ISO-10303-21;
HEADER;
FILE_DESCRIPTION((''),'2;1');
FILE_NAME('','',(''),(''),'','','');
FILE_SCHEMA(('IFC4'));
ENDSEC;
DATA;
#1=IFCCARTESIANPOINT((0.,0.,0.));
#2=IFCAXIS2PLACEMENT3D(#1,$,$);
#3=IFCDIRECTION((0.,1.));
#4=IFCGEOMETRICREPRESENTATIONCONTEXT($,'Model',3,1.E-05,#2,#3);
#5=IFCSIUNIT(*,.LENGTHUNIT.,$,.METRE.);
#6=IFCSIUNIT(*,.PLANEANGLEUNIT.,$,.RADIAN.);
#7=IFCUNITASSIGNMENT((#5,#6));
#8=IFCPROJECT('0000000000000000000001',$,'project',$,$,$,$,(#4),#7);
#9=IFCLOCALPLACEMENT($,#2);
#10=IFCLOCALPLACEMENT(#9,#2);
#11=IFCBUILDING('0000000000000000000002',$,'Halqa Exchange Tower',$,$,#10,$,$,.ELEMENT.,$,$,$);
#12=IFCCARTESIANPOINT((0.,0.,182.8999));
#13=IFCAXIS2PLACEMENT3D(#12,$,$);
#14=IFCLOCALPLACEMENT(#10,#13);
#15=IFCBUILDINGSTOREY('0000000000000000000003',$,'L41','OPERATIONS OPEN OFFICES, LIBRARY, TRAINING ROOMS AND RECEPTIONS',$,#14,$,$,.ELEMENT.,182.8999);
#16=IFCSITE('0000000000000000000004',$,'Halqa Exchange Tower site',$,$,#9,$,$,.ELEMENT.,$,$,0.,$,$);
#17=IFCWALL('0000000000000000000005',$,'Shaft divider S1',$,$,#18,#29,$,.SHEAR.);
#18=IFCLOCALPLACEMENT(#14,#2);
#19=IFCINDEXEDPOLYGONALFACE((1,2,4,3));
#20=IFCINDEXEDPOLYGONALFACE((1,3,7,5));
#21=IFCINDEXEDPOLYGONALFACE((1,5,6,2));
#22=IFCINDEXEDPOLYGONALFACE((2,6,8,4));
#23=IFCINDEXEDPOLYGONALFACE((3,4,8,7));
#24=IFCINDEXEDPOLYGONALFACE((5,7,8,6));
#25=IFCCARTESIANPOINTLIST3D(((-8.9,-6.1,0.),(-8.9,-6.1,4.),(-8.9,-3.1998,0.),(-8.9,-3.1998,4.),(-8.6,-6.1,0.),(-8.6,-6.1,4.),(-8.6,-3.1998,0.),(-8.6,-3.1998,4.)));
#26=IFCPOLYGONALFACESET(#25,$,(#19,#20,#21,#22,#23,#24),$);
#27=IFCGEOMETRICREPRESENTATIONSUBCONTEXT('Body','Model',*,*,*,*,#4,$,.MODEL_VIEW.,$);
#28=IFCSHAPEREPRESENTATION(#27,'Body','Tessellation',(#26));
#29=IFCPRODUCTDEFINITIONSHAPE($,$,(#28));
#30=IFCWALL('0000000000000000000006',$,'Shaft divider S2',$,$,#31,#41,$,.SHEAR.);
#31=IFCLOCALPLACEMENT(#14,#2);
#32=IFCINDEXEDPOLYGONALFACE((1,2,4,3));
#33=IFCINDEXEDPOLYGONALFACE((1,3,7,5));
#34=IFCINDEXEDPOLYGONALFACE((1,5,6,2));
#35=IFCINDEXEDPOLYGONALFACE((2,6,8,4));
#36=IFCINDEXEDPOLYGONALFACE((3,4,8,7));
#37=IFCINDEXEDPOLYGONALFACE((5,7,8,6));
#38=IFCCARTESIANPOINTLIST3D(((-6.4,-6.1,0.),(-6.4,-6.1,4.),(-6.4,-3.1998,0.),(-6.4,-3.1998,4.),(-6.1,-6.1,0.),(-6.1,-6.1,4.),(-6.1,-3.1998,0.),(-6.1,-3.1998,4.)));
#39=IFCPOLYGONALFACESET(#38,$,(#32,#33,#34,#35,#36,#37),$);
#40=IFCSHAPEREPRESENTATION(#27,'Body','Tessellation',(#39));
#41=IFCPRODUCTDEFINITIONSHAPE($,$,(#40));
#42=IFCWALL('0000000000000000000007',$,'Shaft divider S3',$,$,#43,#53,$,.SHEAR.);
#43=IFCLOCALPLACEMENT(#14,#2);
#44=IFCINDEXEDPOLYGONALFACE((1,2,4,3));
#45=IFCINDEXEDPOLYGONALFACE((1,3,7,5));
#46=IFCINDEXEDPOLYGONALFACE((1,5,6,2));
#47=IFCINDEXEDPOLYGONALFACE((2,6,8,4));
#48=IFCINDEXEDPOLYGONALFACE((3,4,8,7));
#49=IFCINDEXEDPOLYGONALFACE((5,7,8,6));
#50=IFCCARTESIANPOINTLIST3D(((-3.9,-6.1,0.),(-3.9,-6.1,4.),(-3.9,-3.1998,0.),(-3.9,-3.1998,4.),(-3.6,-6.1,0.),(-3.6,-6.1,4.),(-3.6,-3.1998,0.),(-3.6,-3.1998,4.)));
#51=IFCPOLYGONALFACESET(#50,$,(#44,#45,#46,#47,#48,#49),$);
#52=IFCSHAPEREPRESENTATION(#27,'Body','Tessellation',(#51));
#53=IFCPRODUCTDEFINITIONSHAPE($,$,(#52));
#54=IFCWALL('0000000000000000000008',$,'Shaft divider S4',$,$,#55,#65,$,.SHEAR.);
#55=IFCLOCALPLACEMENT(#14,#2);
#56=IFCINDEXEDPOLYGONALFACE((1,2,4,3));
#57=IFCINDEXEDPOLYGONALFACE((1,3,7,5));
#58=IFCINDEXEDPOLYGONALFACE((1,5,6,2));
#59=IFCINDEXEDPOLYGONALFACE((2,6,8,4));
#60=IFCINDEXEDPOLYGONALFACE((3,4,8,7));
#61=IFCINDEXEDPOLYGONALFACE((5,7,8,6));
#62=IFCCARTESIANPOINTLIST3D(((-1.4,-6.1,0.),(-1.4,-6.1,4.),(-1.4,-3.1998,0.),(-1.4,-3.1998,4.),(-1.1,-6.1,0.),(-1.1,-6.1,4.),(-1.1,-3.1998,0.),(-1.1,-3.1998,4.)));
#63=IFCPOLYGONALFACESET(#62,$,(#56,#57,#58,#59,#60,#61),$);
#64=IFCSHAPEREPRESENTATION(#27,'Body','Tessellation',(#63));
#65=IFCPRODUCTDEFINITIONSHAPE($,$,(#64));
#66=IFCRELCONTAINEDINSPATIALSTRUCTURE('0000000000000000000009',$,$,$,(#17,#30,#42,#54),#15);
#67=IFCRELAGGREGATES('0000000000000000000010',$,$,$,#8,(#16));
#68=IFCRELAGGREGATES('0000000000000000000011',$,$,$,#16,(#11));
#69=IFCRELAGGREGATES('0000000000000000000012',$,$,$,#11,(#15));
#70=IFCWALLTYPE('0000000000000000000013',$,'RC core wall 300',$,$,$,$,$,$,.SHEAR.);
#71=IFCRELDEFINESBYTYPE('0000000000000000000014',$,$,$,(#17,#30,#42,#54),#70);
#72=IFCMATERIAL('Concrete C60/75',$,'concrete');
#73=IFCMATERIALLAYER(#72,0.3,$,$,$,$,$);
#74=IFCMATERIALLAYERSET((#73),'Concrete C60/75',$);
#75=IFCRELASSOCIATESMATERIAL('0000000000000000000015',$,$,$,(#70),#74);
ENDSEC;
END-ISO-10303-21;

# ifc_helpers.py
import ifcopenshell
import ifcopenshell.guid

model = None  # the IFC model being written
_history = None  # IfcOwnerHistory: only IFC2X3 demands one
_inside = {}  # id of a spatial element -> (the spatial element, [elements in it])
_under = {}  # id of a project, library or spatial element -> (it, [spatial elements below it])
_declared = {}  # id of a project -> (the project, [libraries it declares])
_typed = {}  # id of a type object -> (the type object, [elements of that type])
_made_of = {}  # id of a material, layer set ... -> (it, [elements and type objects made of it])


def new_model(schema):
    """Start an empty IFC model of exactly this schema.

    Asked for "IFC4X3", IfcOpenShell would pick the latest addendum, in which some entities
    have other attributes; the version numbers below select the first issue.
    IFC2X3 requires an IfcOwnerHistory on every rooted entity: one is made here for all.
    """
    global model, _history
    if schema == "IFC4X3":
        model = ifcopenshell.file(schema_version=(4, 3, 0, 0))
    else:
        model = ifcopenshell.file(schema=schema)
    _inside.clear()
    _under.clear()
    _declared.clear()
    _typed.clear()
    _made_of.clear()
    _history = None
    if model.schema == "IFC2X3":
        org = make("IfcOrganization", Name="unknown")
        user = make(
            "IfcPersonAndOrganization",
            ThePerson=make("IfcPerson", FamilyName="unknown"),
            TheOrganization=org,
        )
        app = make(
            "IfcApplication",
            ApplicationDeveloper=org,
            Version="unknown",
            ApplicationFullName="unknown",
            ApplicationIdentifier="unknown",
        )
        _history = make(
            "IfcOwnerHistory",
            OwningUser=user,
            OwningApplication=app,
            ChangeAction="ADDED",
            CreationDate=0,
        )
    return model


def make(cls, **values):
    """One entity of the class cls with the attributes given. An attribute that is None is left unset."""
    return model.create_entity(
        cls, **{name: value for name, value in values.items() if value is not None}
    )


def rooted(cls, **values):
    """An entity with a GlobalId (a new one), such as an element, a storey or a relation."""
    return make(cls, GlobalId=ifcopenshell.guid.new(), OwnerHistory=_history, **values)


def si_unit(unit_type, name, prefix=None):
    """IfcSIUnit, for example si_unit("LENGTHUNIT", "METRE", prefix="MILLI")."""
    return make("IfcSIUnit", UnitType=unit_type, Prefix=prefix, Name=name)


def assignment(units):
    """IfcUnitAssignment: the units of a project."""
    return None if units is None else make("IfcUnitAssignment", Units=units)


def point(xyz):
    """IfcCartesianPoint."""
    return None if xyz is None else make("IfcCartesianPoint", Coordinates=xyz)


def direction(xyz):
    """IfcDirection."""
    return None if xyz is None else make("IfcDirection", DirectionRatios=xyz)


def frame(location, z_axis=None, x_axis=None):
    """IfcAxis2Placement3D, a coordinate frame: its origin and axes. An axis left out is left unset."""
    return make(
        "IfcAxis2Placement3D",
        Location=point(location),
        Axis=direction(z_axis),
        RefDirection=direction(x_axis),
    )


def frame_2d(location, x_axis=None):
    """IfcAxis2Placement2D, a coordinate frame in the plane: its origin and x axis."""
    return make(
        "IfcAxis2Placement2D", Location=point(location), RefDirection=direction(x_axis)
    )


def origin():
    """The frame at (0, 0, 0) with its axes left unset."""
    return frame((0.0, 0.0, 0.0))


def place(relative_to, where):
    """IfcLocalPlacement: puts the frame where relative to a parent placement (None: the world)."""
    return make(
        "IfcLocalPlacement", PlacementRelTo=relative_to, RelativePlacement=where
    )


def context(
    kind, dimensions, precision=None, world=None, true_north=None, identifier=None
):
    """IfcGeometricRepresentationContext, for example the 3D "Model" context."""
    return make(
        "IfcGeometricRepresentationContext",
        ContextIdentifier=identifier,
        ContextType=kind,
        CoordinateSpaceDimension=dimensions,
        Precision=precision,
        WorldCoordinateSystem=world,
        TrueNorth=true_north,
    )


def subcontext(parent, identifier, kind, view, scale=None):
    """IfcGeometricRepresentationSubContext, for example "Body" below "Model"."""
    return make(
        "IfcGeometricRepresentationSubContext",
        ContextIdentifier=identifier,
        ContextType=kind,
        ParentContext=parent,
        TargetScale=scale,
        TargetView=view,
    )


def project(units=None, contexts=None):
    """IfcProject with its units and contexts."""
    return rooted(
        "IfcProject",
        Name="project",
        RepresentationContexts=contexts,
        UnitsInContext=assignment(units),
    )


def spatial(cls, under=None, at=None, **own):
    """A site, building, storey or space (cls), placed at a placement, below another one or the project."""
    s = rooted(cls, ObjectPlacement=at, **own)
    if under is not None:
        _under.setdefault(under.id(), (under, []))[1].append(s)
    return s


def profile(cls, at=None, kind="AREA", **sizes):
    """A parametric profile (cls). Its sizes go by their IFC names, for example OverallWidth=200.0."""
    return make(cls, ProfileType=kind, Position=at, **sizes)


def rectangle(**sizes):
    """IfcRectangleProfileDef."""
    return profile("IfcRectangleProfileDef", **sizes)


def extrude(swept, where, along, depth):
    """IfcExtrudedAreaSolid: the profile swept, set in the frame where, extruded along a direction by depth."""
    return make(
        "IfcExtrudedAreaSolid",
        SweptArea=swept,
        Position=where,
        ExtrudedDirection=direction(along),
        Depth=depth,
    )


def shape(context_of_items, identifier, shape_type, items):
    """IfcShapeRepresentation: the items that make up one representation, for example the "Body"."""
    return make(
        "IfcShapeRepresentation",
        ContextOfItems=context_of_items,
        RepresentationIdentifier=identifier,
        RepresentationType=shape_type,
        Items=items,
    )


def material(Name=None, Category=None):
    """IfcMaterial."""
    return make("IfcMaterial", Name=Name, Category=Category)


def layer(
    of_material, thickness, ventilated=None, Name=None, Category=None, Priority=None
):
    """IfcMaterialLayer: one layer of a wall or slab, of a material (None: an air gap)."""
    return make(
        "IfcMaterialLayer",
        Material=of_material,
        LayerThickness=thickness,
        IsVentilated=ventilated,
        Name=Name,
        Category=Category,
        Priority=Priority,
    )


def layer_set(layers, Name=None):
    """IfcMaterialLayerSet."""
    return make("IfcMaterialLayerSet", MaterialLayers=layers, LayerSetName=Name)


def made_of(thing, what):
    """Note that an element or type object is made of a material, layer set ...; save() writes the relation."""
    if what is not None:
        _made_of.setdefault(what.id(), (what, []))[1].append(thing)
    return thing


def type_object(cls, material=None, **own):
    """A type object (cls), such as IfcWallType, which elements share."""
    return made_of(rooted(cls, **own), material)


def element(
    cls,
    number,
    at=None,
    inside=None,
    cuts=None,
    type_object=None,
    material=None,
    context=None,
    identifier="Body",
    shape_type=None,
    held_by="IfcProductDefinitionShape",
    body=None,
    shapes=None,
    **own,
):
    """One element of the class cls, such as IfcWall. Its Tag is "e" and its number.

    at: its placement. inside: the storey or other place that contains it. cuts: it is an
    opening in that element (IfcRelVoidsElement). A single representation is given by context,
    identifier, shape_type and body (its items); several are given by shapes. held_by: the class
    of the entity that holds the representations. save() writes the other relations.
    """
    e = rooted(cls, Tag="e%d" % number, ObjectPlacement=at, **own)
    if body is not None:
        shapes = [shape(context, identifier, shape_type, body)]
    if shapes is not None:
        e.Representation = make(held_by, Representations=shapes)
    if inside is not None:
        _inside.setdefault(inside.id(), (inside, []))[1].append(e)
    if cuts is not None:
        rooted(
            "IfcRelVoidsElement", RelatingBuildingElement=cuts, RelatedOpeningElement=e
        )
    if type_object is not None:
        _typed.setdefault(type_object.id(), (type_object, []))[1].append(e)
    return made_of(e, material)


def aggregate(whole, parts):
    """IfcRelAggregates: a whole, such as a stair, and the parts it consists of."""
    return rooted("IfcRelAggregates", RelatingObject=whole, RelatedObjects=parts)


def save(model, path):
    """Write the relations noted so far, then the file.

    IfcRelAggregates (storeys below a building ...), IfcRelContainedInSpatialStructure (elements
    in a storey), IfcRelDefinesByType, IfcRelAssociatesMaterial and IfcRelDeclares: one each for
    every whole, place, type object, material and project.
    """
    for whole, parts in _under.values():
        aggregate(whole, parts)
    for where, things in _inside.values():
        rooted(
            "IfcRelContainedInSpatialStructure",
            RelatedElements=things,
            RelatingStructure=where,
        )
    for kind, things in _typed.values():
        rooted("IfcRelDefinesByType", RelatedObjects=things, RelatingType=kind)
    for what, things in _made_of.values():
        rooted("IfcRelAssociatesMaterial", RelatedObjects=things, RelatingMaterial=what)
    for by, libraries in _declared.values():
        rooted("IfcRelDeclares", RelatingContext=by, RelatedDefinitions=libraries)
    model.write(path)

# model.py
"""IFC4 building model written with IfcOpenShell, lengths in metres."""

from ifc_helpers import new_model, si_unit, direction, frame, frame_2d, origin, place, context, subcontext, project, spatial, rectangle, extrude, material, layer, layer_set, type_object, element, save


model = new_model("IFC4")

# Units and contexts
model_context = context("Model", 3, precision=1e-05, world=origin(), true_north=direction((0.0, 1.0)))
body_context = subcontext(model_context, "Body", "Model", "MODEL_VIEW")
ifc_project = project(units=[si_unit("LENGTHUNIT", "METRE"), si_unit("PLANEANGLEUNIT", "RADIAN")], contexts=[model_context])

# Site, building, storey
site_placement = place(None, origin())
site = spatial("IfcSite", under=ifc_project, at=site_placement, Name="Halqa Exchange Tower site", CompositionType="ELEMENT", RefElevation=0.0)
building_placement = place(site_placement, origin())
building = spatial("IfcBuilding", under=site, at=building_placement, Name="Halqa Exchange Tower", CompositionType="ELEMENT")
storey_placement = place(building_placement, frame((0.0, 0.0, 182.8999)))
storey = spatial("IfcBuildingStorey", under=building, at=storey_placement, Name="L41", Description="OPERATIONS OPEN OFFICES, LIBRARY, TRAINING ROOMS AND RECEPTIONS", CompositionType="ELEMENT", Elevation=182.8999)

# Walls
ifc_material_1 = material(Name="Concrete C60/75", Category="concrete")
ifc_layer_1 = layer(ifc_material_1, 0.3)
ifc_layer_set_1 = layer_set([ifc_layer_1], Name="Concrete C60/75")
wall_type_1 = type_object("IfcWallType", Name="RC core wall 300", PredefinedType="SHEAR", material=ifc_layer_set_1)
for number, where, z_axis, x_axis, name in (
    (1, (-8.75, -6.1001, 0.0), (0.0, 0.0, 1.0), (0.0, 1.0, 0.0), "Shaft divider S1"),
    (2, (-6.25, -6.1001, 0.0), (0.0, 0.0, 1.0), (0.0, 1.0, 0.0), "Shaft divider S2"),
    (3, (-3.75, -6.1001, 0.0), (0.0, 0.0, 1.0), (0.0, 1.0, 0.0), "Shaft divider S3"),
    (4, (-1.25, -6.1001, 0.0), (0.0, 0.0, 1.0), (0.0, 1.0, 0.0), "Shaft divider S4"),
):
    element("IfcWall", number, at=place(storey_placement, frame(where, z_axis=z_axis, x_axis=x_axis)), inside=storey, type_object=wall_type_1, Name=name, PredefinedType="SHEAR", context=body_context, shape_type="SweptSolid", body=[
        extrude(rectangle(XDim=2.9001, YDim=0.3, at=frame_2d((1.4502, 0.0))), origin(), (0.0, 0.0, 1.0), 4.0),
    ])

save(model, "model.ifc")
